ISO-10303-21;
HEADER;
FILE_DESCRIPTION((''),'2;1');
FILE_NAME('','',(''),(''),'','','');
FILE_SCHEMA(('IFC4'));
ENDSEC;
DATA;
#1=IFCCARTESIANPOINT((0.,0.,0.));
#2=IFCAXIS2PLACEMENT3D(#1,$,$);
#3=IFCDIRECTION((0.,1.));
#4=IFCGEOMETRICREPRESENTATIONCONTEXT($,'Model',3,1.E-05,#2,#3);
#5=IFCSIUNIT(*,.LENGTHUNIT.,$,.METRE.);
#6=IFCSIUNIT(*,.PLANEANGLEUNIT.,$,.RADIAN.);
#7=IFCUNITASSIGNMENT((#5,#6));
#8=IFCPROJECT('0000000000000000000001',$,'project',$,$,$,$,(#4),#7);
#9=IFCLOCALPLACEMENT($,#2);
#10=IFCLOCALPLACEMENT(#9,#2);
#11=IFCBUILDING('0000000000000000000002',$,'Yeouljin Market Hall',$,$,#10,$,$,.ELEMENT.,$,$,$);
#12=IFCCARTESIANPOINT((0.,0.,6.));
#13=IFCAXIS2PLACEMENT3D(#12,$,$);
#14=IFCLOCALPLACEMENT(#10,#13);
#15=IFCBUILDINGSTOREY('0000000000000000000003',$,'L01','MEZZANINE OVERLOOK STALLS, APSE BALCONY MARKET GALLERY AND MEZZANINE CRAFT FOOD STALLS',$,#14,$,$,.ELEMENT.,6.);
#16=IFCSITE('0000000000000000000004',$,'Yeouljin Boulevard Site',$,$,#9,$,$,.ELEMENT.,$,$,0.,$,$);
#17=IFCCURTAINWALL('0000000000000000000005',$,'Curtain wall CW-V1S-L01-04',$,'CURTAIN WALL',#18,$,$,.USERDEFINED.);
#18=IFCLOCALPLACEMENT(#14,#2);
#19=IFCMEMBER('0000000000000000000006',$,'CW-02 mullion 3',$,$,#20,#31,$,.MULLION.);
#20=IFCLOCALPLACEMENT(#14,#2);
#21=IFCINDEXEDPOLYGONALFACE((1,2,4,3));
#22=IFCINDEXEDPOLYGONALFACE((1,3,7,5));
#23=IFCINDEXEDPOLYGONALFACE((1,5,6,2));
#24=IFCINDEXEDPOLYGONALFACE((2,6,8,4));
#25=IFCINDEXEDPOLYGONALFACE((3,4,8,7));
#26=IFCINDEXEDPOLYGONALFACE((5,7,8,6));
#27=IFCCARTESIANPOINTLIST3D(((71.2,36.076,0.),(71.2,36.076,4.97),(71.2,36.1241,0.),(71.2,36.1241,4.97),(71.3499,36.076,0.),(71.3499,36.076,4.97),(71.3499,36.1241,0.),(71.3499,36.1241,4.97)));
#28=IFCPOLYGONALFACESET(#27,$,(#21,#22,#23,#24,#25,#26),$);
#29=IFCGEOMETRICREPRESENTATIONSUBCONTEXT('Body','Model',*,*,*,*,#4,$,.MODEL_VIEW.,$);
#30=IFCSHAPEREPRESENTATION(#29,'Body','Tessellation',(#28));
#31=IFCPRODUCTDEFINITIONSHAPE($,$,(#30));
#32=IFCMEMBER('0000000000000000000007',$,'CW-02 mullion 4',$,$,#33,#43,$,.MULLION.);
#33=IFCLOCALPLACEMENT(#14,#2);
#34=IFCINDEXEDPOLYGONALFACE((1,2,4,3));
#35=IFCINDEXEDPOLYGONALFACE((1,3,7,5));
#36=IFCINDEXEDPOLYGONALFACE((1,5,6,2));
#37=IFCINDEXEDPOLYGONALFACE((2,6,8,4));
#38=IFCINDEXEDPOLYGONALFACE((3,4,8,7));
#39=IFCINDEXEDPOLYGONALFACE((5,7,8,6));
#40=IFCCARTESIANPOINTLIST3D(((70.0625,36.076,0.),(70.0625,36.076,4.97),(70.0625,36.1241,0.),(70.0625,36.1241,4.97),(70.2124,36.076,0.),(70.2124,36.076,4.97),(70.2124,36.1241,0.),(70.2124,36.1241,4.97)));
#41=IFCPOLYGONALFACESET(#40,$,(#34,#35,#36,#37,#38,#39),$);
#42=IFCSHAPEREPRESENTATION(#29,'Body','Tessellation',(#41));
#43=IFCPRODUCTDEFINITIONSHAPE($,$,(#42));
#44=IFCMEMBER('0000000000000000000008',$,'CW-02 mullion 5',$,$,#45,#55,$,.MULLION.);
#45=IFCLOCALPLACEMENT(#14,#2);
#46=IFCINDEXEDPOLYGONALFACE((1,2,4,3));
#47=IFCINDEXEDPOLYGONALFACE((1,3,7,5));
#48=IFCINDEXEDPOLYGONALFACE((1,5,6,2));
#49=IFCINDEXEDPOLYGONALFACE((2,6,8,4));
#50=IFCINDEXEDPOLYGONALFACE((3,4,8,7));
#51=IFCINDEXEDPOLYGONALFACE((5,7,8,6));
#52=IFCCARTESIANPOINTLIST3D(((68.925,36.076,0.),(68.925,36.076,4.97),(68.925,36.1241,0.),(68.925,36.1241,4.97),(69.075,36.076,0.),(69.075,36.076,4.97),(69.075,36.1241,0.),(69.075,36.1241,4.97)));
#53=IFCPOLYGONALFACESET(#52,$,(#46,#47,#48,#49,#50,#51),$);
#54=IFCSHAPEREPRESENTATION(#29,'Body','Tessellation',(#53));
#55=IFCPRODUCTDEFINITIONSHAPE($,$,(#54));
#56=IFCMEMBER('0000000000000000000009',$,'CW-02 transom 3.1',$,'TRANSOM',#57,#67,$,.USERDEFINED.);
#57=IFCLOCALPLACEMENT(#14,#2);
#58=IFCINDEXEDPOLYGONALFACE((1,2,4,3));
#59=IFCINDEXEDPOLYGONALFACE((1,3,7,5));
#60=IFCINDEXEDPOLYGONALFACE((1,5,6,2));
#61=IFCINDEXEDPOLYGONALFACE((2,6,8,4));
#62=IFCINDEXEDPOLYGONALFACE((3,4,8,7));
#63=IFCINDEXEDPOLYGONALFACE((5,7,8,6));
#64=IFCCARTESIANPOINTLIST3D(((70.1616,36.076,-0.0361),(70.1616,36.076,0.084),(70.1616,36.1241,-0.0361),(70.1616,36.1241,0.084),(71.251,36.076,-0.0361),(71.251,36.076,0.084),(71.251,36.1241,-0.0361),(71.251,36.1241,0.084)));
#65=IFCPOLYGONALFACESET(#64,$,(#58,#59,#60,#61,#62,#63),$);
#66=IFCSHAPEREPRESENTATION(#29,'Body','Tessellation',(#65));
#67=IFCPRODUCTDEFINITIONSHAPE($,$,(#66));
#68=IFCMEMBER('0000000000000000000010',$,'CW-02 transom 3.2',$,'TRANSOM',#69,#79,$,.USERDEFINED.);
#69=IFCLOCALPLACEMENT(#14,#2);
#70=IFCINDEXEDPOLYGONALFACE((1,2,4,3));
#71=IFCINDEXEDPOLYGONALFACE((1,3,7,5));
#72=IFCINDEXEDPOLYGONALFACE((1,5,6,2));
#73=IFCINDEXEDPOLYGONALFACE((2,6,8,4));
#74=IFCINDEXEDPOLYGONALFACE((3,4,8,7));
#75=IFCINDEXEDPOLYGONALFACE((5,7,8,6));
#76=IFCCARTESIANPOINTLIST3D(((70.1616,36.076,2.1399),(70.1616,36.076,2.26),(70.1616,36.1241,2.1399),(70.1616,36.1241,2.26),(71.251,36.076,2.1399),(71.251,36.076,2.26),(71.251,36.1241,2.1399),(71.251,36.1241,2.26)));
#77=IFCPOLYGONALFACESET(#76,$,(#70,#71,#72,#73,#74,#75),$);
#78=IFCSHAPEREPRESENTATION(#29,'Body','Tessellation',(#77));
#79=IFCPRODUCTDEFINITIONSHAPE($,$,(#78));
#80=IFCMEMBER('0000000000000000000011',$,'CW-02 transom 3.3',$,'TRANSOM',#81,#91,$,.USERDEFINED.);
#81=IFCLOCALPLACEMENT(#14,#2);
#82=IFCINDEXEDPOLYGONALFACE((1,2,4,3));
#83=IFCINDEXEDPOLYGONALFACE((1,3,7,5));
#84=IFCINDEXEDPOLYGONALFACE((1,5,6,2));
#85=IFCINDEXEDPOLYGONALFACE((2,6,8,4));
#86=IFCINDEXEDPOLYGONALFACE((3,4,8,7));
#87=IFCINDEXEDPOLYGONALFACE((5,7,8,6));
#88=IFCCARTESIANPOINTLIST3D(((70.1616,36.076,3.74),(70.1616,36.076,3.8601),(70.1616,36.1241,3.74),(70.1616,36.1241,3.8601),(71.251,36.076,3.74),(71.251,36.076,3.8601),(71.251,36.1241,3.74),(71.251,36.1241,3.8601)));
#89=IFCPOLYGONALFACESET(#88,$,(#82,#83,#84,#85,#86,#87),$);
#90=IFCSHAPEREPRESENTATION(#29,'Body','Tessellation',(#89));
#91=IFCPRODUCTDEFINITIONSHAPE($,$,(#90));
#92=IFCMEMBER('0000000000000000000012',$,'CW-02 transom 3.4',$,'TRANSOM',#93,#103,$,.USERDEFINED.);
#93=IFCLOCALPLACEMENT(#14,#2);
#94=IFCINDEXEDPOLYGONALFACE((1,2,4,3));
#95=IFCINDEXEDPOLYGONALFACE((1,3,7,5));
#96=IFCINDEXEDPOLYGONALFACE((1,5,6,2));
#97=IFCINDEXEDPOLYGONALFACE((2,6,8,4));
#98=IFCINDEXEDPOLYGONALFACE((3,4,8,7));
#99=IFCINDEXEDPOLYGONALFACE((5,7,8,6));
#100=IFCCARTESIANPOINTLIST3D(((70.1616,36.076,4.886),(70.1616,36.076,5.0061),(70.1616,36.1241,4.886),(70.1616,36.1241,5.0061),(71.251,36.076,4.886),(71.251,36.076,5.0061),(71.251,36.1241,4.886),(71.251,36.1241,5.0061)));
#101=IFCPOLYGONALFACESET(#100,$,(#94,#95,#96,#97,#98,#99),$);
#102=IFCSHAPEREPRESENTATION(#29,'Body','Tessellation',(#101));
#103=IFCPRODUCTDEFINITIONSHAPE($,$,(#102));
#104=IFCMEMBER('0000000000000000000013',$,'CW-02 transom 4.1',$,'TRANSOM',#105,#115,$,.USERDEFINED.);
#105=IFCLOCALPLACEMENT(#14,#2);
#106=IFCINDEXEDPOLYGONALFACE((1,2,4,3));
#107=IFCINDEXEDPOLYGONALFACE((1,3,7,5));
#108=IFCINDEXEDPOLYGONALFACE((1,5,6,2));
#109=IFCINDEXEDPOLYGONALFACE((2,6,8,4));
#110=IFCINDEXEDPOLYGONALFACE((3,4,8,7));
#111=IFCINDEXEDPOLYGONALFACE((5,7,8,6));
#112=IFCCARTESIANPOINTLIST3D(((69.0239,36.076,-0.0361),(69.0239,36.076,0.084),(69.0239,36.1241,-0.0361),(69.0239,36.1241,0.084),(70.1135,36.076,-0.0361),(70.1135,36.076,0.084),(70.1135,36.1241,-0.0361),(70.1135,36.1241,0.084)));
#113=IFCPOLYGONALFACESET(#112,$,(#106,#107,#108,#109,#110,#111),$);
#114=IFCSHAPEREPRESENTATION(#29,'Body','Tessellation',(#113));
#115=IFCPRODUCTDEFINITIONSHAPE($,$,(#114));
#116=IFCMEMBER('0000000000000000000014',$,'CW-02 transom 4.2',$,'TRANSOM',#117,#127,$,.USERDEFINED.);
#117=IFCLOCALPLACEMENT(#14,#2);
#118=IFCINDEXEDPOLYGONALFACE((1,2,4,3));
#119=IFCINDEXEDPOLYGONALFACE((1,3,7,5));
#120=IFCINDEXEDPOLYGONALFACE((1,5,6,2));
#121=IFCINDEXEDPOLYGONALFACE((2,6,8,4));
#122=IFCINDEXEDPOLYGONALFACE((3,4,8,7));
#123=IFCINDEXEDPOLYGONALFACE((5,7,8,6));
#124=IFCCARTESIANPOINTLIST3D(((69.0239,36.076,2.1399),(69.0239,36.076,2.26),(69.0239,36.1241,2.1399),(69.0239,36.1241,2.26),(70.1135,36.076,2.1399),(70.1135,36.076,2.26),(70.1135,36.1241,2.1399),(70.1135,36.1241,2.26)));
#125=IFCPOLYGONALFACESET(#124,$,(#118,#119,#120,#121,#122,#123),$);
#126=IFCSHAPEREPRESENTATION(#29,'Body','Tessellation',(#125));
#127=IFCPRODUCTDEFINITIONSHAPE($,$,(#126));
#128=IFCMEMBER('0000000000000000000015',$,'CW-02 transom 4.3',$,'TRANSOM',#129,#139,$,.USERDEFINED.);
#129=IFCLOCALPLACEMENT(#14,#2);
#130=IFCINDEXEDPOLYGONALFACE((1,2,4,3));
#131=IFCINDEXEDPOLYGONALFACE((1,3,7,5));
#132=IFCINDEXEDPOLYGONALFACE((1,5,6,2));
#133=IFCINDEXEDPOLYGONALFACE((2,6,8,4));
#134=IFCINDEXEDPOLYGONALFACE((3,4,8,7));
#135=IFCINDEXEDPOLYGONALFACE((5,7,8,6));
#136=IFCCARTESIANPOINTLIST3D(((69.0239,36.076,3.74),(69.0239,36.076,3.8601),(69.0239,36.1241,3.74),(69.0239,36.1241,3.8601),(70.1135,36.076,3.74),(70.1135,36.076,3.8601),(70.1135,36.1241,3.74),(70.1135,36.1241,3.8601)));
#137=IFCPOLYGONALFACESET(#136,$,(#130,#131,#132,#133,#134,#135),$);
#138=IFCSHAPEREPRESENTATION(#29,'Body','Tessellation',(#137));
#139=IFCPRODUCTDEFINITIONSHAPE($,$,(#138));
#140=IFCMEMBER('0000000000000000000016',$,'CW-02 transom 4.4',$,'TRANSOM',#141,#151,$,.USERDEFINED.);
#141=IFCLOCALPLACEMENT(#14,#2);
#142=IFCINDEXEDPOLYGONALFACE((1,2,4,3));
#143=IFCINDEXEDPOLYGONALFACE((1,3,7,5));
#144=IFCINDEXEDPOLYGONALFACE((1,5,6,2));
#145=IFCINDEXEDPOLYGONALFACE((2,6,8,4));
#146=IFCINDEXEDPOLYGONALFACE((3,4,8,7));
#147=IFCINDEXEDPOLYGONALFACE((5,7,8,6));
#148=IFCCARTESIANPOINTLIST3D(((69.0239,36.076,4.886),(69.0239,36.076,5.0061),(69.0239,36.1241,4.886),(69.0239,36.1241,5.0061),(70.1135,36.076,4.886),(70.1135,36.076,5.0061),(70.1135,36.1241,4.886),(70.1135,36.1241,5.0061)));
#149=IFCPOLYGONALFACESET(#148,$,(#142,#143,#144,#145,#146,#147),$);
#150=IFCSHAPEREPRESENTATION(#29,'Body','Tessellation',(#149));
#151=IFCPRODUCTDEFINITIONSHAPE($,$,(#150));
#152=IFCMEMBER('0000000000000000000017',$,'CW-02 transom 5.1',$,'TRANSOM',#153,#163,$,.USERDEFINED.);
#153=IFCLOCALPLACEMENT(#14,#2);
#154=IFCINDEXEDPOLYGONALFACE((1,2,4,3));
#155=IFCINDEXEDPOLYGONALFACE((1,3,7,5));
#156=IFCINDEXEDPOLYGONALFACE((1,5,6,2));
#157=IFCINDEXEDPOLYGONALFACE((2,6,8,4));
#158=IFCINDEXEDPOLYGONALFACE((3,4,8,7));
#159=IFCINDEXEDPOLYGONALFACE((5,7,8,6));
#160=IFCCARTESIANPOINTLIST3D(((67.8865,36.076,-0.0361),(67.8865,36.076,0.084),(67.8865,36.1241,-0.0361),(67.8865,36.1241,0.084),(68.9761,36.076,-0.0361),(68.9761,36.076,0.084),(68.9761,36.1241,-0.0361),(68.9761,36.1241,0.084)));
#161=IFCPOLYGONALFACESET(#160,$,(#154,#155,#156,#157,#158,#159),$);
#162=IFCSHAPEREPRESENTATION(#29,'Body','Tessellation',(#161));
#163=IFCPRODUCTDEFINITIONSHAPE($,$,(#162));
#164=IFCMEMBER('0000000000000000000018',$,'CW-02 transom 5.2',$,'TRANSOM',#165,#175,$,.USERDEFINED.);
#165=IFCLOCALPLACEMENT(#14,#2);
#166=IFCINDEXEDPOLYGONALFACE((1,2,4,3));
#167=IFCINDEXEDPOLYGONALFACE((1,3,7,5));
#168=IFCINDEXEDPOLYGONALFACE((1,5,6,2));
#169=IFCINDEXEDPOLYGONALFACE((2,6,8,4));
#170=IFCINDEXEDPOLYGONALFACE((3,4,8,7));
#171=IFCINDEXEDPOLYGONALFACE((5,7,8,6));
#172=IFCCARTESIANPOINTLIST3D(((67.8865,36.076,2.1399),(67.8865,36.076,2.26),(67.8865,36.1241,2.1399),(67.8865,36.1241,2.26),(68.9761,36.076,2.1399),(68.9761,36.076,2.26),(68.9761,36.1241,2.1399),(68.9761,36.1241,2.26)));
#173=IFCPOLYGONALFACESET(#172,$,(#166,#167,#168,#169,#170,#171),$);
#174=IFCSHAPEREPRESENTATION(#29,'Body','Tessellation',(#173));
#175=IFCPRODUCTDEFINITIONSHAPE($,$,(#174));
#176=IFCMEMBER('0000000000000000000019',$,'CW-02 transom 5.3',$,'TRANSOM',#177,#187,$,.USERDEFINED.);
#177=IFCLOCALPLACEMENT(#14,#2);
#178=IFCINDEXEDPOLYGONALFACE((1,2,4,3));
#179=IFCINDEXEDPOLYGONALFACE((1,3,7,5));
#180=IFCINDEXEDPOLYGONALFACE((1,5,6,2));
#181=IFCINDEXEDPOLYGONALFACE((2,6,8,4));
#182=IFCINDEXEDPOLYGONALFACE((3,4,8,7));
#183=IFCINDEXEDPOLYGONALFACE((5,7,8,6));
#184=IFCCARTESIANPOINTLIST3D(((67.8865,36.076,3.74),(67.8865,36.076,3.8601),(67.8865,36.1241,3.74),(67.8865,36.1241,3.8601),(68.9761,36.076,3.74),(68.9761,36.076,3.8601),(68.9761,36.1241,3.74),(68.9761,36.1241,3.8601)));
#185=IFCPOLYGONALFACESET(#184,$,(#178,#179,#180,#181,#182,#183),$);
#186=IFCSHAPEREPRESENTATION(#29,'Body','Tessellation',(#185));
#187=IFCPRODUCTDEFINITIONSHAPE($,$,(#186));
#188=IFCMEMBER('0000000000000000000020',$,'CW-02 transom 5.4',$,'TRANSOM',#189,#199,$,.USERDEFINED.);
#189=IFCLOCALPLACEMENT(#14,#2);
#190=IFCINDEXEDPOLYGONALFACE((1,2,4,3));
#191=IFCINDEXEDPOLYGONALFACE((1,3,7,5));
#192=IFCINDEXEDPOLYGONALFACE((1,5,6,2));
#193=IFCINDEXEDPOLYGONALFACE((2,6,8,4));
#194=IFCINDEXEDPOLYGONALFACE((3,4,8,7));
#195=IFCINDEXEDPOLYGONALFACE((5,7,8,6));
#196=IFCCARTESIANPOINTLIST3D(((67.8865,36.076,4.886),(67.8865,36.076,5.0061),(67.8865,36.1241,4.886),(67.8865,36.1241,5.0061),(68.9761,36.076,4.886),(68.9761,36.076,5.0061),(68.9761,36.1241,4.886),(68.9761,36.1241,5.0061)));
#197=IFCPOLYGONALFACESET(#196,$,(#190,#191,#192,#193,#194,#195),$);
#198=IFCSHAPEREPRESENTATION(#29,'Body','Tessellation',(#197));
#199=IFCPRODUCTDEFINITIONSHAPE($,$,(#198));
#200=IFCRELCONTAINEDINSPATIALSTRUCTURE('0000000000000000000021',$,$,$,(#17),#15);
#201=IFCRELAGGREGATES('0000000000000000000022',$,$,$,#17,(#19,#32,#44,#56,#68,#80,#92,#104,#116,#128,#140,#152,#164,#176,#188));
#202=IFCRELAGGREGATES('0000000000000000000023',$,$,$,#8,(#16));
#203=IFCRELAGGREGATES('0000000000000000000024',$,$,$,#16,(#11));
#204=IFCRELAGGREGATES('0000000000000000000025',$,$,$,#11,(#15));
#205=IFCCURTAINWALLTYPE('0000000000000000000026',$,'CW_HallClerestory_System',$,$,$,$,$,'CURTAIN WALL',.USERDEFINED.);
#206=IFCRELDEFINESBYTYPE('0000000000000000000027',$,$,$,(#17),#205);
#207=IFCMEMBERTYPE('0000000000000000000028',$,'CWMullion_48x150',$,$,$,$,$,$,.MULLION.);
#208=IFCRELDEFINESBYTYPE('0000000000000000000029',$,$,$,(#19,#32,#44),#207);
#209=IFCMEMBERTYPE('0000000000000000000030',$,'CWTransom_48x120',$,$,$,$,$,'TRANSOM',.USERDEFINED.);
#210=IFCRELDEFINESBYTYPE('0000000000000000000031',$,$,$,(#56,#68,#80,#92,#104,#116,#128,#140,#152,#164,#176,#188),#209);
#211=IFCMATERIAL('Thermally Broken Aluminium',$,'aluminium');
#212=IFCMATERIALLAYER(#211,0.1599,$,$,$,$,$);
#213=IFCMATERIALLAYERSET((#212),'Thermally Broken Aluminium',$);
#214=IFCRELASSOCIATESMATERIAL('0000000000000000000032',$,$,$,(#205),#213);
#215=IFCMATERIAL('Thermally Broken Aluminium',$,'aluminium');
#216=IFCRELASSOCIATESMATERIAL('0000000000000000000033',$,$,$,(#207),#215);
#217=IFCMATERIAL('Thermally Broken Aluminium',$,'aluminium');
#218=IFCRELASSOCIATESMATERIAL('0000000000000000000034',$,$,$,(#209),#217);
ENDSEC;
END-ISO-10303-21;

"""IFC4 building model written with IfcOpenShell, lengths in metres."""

from ifc_helpers import new_model, si_unit, direction, frame, origin, origin_2d, place, context, subcontext, project, spatial, rectangle, extrude, material, layer, layer_set, material_profile, profile_set, type_object, element, aggregate, save


model = new_model("IFC4")

# Units and contexts
model_context = context("Model", 3, precision=1e-05, world=origin(), true_north=direction((0.0, 1.0)))
body_context = subcontext(model_context, "Body", "Model", "MODEL_VIEW")
ifc_project = project(units=[si_unit("LENGTHUNIT", "METRE"), si_unit("PLANEANGLEUNIT", "RADIAN")], contexts=[model_context])

# Site, building, storey
site_placement = place(None, origin())
site = spatial("IfcSite", under=ifc_project, at=site_placement, Name="Yeouljin Boulevard Site", CompositionType="ELEMENT", RefElevation=0.0)
building_placement = place(site_placement, origin())
building = spatial("IfcBuilding", under=site, at=building_placement, Name="Yeouljin Market Hall", CompositionType="ELEMENT")
storey_placement = place(building_placement, frame((0.0, 0.0, 6.0)))
storey = spatial("IfcBuildingStorey", under=building, at=storey_placement, Name="L01", Description="MEZZANINE OVERLOOK STALLS, APSE BALCONY MARKET GALLERY AND MEZZANINE CRAFT FOOD STALLS", CompositionType="ELEMENT", Elevation=6.0)

# Curtain wall, members
ifc_material_1 = material(Name="Thermally Broken Aluminium", Category="aluminium")
ifc_layer_1 = layer(ifc_material_1, 0.1599)
ifc_layer_set_1 = layer_set([ifc_layer_1], Name="Thermally Broken Aluminium")
curtain_wall_type = type_object("IfcCurtainWallType", Name="CW_HallClerestory_System", ElementType="CURTAIN WALL", PredefinedType="USERDEFINED", material=ifc_layer_set_1)
curtain_wall_placement = place(storey_placement, origin())
curtain_wall = element("IfcCurtainWall", 1, at=curtain_wall_placement, inside=storey, type_object=curtain_wall_type, Name="Curtain wall CW-V1S-L01-04", ObjectType="CURTAIN WALL", PredefinedType="USERDEFINED")
ifc_material_2 = material(Name="Thermally Broken Aluminium", Category="aluminium")
ifc_material_profile_1 = material_profile(ifc_material_2, rectangle(XDim=0.0481, YDim=0.1499, at=origin_2d()), Name="CW-MULL-48x150")
ifc_profile_set_1 = profile_set([ifc_material_profile_1], Name="Thermally Broken Aluminium")
member_type_1 = type_object("IfcMemberType", Name="CWMullion_48x150", PredefinedType="MULLION", material=ifc_profile_set_1)
member_1_placement = place(storey_placement, frame((71.2749, 36.1001, 0.0), z_axis=(0.0, 0.0, 1.0), x_axis=(0.0, -1.0, 0.0)))
member_1 = element("IfcMember", 2, at=member_1_placement, type_object=member_type_1, Name="CW-02 mullion 3", PredefinedType="MULLION", context=body_context, shape_type="SweptSolid", body=[
    extrude(rectangle(XDim=0.0481, YDim=0.1499, at=origin_2d()), origin(), (0.0, 0.0, 1.0), 4.97),
])
member_2_placement = place(storey_placement, frame((70.1375, 36.1001, 0.0), z_axis=(0.0, 0.0, 1.0), x_axis=(0.0, -1.0, 0.0)))
member_2 = element("IfcMember", 3, at=member_2_placement, type_object=member_type_1, Name="CW-02 mullion 4", PredefinedType="MULLION", context=body_context, shape_type="SweptSolid", body=[
    extrude(rectangle(XDim=0.0481, YDim=0.1499, at=origin_2d()), origin(), (0.0, 0.0, 1.0), 4.97),
])
member_3_placement = place(storey_placement, frame((69.0, 36.1001, 0.0), z_axis=(0.0, 0.0, 1.0), x_axis=(0.0, -1.0, 0.0)))
member_3 = element("IfcMember", 4, at=member_3_placement, type_object=member_type_1, Name="CW-02 mullion 5", PredefinedType="MULLION", context=body_context, shape_type="SweptSolid", body=[
    extrude(rectangle(XDim=0.0481, YDim=0.1499, at=origin_2d()), origin(), (0.0, 0.0, 1.0), 4.97),
])
ifc_material_3 = material(Name="Thermally Broken Aluminium", Category="aluminium")
ifc_material_profile_2 = material_profile(ifc_material_3, rectangle(XDim=0.0481, YDim=0.1201, at=origin_2d()), Name="CW-TRAN-48x120")
ifc_profile_set_2 = profile_set([ifc_material_profile_2], Name="Thermally Broken Aluminium")
member_type_2 = type_object("IfcMemberType", Name="CWTransom_48x120", ElementType="TRANSOM", PredefinedType="USERDEFINED", material=ifc_profile_set_2)
member_4_placement = place(storey_placement, frame((71.251, 36.1001, 0.0239), z_axis=(-1.0, 0.0, 0.0), x_axis=(0.0, -1.0, 0.0)))
member_4 = element("IfcMember", 5, at=member_4_placement, type_object=member_type_2, Name="CW-02 transom 3.1", ObjectType="TRANSOM", PredefinedType="USERDEFINED", context=body_context, shape_type="SweptSolid", body=[
    extrude(rectangle(XDim=0.0481, YDim=0.1201, at=origin_2d()), origin(), (0.0, 0.0, 1.0), 1.0894),
])
member_5_placement = place(storey_placement, frame((71.251, 36.1001, 2.2), z_axis=(-1.0, 0.0, 0.0), x_axis=(0.0, -1.0, 0.0)))
member_5 = element("IfcMember", 6, at=member_5_placement, type_object=member_type_2, Name="CW-02 transom 3.2", ObjectType="TRANSOM", PredefinedType="USERDEFINED", context=body_context, shape_type="SweptSolid", body=[
    extrude(rectangle(XDim=0.0481, YDim=0.1201, at=origin_2d()), origin(), (0.0, 0.0, 1.0), 1.0894),
])
member_6_placement = place(storey_placement, frame((71.251, 36.1001, 3.8), z_axis=(-1.0, 0.0, 0.0), x_axis=(0.0, -1.0, 0.0)))
member_6 = element("IfcMember", 7, at=member_6_placement, type_object=member_type_2, Name="CW-02 transom 3.3", ObjectType="TRANSOM", PredefinedType="USERDEFINED", context=body_context, shape_type="SweptSolid", body=[
    extrude(rectangle(XDim=0.0481, YDim=0.1201, at=origin_2d()), origin(), (0.0, 0.0, 1.0), 1.0894),
])
member_7_placement = place(storey_placement, frame((71.251, 36.1001, 4.946), z_axis=(-1.0, 0.0, 0.0), x_axis=(0.0, -1.0, 0.0)))
member_7 = element("IfcMember", 8, at=member_7_placement, type_object=member_type_2, Name="CW-02 transom 3.4", ObjectType="TRANSOM", PredefinedType="USERDEFINED", context=body_context, shape_type="SweptSolid", body=[
    extrude(rectangle(XDim=0.0481, YDim=0.1201, at=origin_2d()), origin(), (0.0, 0.0, 1.0), 1.0894),
])
member_8_placement = place(storey_placement, frame((70.1135, 36.1001, 0.0239), z_axis=(-1.0, 0.0, 0.0), x_axis=(0.0, -1.0, 0.0)))
member_8 = element("IfcMember", 9, at=member_8_placement, type_object=member_type_2, Name="CW-02 transom 4.1", ObjectType="TRANSOM", PredefinedType="USERDEFINED", context=body_context, shape_type="SweptSolid", body=[
    extrude(rectangle(XDim=0.0481, YDim=0.1201, at=origin_2d()), origin(), (0.0, 0.0, 1.0), 1.0896),
])
member_9_placement = place(storey_placement, frame((70.1135, 36.1001, 2.2), z_axis=(-1.0, 0.0, 0.0), x_axis=(0.0, -1.0, 0.0)))
member_9 = element("IfcMember", 10, at=member_9_placement, type_object=member_type_2, Name="CW-02 transom 4.2", ObjectType="TRANSOM", PredefinedType="USERDEFINED", context=body_context, shape_type="SweptSolid", body=[
    extrude(rectangle(XDim=0.0481, YDim=0.1201, at=origin_2d()), origin(), (0.0, 0.0, 1.0), 1.0896),
])
member_10_placement = place(storey_placement, frame((70.1135, 36.1001, 3.8), z_axis=(-1.0, 0.0, 0.0), x_axis=(0.0, -1.0, 0.0)))
member_10 = element("IfcMember", 11, at=member_10_placement, type_object=member_type_2, Name="CW-02 transom 4.3", ObjectType="TRANSOM", PredefinedType="USERDEFINED", context=body_context, shape_type="SweptSolid", body=[
    extrude(rectangle(XDim=0.0481, YDim=0.1201, at=origin_2d()), origin(), (0.0, 0.0, 1.0), 1.0896),
])
member_11_placement = place(storey_placement, frame((70.1135, 36.1001, 4.946), z_axis=(-1.0, 0.0, 0.0), x_axis=(0.0, -1.0, 0.0)))
member_11 = element("IfcMember", 12, at=member_11_placement, type_object=member_type_2, Name="CW-02 transom 4.4", ObjectType="TRANSOM", PredefinedType="USERDEFINED", context=body_context, shape_type="SweptSolid", body=[
    extrude(rectangle(XDim=0.0481, YDim=0.1201, at=origin_2d()), origin(), (0.0, 0.0, 1.0), 1.0896),
])
member_12_placement = place(storey_placement, frame((68.9761, 36.1001, 0.0239), z_axis=(-1.0, 0.0, 0.0), x_axis=(0.0, -1.0, 0.0)))
member_12 = element("IfcMember", 13, at=member_12_placement, type_object=member_type_2, Name="CW-02 transom 5.1", ObjectType="TRANSOM", PredefinedType="USERDEFINED", context=body_context, shape_type="SweptSolid", body=[
    extrude(rectangle(XDim=0.0481, YDim=0.1201, at=origin_2d()), origin(), (0.0, 0.0, 1.0), 1.0896),
])
member_13_placement = place(storey_placement, frame((68.9761, 36.1001, 2.2), z_axis=(-1.0, 0.0, 0.0), x_axis=(0.0, -1.0, 0.0)))
member_13 = element("IfcMember", 14, at=member_13_placement, type_object=member_type_2, Name="CW-02 transom 5.2", ObjectType="TRANSOM", PredefinedType="USERDEFINED", context=body_context, shape_type="SweptSolid", body=[
    extrude(rectangle(XDim=0.0481, YDim=0.1201, at=origin_2d()), origin(), (0.0, 0.0, 1.0), 1.0896),
])
member_14_placement = place(storey_placement, frame((68.9761, 36.1001, 3.8), z_axis=(-1.0, 0.0, 0.0), x_axis=(0.0, -1.0, 0.0)))
member_14 = element("IfcMember", 15, at=member_14_placement, type_object=member_type_2, Name="CW-02 transom 5.3", ObjectType="TRANSOM", PredefinedType="USERDEFINED", context=body_context, shape_type="SweptSolid", body=[
    extrude(rectangle(XDim=0.0481, YDim=0.1201, at=origin_2d()), origin(), (0.0, 0.0, 1.0), 1.0896),
])
member_15_placement = place(storey_placement, frame((68.9761, 36.1001, 4.946), z_axis=(-1.0, 0.0, 0.0), x_axis=(0.0, -1.0, 0.0)))
member_15 = element("IfcMember", 16, at=member_15_placement, type_object=member_type_2, Name="CW-02 transom 5.4", ObjectType="TRANSOM", PredefinedType="USERDEFINED", context=body_context, shape_type="SweptSolid", body=[
    extrude(rectangle(XDim=0.0481, YDim=0.1201, at=origin_2d()), origin(), (0.0, 0.0, 1.0), 1.0896),
])
aggregate(curtain_wall, [member_1, member_2, member_3, member_4, member_5, member_6, member_7, member_8, member_9, member_10, member_11, member_12, member_13, member_14, member_15])

save(model, "model.ifc")
